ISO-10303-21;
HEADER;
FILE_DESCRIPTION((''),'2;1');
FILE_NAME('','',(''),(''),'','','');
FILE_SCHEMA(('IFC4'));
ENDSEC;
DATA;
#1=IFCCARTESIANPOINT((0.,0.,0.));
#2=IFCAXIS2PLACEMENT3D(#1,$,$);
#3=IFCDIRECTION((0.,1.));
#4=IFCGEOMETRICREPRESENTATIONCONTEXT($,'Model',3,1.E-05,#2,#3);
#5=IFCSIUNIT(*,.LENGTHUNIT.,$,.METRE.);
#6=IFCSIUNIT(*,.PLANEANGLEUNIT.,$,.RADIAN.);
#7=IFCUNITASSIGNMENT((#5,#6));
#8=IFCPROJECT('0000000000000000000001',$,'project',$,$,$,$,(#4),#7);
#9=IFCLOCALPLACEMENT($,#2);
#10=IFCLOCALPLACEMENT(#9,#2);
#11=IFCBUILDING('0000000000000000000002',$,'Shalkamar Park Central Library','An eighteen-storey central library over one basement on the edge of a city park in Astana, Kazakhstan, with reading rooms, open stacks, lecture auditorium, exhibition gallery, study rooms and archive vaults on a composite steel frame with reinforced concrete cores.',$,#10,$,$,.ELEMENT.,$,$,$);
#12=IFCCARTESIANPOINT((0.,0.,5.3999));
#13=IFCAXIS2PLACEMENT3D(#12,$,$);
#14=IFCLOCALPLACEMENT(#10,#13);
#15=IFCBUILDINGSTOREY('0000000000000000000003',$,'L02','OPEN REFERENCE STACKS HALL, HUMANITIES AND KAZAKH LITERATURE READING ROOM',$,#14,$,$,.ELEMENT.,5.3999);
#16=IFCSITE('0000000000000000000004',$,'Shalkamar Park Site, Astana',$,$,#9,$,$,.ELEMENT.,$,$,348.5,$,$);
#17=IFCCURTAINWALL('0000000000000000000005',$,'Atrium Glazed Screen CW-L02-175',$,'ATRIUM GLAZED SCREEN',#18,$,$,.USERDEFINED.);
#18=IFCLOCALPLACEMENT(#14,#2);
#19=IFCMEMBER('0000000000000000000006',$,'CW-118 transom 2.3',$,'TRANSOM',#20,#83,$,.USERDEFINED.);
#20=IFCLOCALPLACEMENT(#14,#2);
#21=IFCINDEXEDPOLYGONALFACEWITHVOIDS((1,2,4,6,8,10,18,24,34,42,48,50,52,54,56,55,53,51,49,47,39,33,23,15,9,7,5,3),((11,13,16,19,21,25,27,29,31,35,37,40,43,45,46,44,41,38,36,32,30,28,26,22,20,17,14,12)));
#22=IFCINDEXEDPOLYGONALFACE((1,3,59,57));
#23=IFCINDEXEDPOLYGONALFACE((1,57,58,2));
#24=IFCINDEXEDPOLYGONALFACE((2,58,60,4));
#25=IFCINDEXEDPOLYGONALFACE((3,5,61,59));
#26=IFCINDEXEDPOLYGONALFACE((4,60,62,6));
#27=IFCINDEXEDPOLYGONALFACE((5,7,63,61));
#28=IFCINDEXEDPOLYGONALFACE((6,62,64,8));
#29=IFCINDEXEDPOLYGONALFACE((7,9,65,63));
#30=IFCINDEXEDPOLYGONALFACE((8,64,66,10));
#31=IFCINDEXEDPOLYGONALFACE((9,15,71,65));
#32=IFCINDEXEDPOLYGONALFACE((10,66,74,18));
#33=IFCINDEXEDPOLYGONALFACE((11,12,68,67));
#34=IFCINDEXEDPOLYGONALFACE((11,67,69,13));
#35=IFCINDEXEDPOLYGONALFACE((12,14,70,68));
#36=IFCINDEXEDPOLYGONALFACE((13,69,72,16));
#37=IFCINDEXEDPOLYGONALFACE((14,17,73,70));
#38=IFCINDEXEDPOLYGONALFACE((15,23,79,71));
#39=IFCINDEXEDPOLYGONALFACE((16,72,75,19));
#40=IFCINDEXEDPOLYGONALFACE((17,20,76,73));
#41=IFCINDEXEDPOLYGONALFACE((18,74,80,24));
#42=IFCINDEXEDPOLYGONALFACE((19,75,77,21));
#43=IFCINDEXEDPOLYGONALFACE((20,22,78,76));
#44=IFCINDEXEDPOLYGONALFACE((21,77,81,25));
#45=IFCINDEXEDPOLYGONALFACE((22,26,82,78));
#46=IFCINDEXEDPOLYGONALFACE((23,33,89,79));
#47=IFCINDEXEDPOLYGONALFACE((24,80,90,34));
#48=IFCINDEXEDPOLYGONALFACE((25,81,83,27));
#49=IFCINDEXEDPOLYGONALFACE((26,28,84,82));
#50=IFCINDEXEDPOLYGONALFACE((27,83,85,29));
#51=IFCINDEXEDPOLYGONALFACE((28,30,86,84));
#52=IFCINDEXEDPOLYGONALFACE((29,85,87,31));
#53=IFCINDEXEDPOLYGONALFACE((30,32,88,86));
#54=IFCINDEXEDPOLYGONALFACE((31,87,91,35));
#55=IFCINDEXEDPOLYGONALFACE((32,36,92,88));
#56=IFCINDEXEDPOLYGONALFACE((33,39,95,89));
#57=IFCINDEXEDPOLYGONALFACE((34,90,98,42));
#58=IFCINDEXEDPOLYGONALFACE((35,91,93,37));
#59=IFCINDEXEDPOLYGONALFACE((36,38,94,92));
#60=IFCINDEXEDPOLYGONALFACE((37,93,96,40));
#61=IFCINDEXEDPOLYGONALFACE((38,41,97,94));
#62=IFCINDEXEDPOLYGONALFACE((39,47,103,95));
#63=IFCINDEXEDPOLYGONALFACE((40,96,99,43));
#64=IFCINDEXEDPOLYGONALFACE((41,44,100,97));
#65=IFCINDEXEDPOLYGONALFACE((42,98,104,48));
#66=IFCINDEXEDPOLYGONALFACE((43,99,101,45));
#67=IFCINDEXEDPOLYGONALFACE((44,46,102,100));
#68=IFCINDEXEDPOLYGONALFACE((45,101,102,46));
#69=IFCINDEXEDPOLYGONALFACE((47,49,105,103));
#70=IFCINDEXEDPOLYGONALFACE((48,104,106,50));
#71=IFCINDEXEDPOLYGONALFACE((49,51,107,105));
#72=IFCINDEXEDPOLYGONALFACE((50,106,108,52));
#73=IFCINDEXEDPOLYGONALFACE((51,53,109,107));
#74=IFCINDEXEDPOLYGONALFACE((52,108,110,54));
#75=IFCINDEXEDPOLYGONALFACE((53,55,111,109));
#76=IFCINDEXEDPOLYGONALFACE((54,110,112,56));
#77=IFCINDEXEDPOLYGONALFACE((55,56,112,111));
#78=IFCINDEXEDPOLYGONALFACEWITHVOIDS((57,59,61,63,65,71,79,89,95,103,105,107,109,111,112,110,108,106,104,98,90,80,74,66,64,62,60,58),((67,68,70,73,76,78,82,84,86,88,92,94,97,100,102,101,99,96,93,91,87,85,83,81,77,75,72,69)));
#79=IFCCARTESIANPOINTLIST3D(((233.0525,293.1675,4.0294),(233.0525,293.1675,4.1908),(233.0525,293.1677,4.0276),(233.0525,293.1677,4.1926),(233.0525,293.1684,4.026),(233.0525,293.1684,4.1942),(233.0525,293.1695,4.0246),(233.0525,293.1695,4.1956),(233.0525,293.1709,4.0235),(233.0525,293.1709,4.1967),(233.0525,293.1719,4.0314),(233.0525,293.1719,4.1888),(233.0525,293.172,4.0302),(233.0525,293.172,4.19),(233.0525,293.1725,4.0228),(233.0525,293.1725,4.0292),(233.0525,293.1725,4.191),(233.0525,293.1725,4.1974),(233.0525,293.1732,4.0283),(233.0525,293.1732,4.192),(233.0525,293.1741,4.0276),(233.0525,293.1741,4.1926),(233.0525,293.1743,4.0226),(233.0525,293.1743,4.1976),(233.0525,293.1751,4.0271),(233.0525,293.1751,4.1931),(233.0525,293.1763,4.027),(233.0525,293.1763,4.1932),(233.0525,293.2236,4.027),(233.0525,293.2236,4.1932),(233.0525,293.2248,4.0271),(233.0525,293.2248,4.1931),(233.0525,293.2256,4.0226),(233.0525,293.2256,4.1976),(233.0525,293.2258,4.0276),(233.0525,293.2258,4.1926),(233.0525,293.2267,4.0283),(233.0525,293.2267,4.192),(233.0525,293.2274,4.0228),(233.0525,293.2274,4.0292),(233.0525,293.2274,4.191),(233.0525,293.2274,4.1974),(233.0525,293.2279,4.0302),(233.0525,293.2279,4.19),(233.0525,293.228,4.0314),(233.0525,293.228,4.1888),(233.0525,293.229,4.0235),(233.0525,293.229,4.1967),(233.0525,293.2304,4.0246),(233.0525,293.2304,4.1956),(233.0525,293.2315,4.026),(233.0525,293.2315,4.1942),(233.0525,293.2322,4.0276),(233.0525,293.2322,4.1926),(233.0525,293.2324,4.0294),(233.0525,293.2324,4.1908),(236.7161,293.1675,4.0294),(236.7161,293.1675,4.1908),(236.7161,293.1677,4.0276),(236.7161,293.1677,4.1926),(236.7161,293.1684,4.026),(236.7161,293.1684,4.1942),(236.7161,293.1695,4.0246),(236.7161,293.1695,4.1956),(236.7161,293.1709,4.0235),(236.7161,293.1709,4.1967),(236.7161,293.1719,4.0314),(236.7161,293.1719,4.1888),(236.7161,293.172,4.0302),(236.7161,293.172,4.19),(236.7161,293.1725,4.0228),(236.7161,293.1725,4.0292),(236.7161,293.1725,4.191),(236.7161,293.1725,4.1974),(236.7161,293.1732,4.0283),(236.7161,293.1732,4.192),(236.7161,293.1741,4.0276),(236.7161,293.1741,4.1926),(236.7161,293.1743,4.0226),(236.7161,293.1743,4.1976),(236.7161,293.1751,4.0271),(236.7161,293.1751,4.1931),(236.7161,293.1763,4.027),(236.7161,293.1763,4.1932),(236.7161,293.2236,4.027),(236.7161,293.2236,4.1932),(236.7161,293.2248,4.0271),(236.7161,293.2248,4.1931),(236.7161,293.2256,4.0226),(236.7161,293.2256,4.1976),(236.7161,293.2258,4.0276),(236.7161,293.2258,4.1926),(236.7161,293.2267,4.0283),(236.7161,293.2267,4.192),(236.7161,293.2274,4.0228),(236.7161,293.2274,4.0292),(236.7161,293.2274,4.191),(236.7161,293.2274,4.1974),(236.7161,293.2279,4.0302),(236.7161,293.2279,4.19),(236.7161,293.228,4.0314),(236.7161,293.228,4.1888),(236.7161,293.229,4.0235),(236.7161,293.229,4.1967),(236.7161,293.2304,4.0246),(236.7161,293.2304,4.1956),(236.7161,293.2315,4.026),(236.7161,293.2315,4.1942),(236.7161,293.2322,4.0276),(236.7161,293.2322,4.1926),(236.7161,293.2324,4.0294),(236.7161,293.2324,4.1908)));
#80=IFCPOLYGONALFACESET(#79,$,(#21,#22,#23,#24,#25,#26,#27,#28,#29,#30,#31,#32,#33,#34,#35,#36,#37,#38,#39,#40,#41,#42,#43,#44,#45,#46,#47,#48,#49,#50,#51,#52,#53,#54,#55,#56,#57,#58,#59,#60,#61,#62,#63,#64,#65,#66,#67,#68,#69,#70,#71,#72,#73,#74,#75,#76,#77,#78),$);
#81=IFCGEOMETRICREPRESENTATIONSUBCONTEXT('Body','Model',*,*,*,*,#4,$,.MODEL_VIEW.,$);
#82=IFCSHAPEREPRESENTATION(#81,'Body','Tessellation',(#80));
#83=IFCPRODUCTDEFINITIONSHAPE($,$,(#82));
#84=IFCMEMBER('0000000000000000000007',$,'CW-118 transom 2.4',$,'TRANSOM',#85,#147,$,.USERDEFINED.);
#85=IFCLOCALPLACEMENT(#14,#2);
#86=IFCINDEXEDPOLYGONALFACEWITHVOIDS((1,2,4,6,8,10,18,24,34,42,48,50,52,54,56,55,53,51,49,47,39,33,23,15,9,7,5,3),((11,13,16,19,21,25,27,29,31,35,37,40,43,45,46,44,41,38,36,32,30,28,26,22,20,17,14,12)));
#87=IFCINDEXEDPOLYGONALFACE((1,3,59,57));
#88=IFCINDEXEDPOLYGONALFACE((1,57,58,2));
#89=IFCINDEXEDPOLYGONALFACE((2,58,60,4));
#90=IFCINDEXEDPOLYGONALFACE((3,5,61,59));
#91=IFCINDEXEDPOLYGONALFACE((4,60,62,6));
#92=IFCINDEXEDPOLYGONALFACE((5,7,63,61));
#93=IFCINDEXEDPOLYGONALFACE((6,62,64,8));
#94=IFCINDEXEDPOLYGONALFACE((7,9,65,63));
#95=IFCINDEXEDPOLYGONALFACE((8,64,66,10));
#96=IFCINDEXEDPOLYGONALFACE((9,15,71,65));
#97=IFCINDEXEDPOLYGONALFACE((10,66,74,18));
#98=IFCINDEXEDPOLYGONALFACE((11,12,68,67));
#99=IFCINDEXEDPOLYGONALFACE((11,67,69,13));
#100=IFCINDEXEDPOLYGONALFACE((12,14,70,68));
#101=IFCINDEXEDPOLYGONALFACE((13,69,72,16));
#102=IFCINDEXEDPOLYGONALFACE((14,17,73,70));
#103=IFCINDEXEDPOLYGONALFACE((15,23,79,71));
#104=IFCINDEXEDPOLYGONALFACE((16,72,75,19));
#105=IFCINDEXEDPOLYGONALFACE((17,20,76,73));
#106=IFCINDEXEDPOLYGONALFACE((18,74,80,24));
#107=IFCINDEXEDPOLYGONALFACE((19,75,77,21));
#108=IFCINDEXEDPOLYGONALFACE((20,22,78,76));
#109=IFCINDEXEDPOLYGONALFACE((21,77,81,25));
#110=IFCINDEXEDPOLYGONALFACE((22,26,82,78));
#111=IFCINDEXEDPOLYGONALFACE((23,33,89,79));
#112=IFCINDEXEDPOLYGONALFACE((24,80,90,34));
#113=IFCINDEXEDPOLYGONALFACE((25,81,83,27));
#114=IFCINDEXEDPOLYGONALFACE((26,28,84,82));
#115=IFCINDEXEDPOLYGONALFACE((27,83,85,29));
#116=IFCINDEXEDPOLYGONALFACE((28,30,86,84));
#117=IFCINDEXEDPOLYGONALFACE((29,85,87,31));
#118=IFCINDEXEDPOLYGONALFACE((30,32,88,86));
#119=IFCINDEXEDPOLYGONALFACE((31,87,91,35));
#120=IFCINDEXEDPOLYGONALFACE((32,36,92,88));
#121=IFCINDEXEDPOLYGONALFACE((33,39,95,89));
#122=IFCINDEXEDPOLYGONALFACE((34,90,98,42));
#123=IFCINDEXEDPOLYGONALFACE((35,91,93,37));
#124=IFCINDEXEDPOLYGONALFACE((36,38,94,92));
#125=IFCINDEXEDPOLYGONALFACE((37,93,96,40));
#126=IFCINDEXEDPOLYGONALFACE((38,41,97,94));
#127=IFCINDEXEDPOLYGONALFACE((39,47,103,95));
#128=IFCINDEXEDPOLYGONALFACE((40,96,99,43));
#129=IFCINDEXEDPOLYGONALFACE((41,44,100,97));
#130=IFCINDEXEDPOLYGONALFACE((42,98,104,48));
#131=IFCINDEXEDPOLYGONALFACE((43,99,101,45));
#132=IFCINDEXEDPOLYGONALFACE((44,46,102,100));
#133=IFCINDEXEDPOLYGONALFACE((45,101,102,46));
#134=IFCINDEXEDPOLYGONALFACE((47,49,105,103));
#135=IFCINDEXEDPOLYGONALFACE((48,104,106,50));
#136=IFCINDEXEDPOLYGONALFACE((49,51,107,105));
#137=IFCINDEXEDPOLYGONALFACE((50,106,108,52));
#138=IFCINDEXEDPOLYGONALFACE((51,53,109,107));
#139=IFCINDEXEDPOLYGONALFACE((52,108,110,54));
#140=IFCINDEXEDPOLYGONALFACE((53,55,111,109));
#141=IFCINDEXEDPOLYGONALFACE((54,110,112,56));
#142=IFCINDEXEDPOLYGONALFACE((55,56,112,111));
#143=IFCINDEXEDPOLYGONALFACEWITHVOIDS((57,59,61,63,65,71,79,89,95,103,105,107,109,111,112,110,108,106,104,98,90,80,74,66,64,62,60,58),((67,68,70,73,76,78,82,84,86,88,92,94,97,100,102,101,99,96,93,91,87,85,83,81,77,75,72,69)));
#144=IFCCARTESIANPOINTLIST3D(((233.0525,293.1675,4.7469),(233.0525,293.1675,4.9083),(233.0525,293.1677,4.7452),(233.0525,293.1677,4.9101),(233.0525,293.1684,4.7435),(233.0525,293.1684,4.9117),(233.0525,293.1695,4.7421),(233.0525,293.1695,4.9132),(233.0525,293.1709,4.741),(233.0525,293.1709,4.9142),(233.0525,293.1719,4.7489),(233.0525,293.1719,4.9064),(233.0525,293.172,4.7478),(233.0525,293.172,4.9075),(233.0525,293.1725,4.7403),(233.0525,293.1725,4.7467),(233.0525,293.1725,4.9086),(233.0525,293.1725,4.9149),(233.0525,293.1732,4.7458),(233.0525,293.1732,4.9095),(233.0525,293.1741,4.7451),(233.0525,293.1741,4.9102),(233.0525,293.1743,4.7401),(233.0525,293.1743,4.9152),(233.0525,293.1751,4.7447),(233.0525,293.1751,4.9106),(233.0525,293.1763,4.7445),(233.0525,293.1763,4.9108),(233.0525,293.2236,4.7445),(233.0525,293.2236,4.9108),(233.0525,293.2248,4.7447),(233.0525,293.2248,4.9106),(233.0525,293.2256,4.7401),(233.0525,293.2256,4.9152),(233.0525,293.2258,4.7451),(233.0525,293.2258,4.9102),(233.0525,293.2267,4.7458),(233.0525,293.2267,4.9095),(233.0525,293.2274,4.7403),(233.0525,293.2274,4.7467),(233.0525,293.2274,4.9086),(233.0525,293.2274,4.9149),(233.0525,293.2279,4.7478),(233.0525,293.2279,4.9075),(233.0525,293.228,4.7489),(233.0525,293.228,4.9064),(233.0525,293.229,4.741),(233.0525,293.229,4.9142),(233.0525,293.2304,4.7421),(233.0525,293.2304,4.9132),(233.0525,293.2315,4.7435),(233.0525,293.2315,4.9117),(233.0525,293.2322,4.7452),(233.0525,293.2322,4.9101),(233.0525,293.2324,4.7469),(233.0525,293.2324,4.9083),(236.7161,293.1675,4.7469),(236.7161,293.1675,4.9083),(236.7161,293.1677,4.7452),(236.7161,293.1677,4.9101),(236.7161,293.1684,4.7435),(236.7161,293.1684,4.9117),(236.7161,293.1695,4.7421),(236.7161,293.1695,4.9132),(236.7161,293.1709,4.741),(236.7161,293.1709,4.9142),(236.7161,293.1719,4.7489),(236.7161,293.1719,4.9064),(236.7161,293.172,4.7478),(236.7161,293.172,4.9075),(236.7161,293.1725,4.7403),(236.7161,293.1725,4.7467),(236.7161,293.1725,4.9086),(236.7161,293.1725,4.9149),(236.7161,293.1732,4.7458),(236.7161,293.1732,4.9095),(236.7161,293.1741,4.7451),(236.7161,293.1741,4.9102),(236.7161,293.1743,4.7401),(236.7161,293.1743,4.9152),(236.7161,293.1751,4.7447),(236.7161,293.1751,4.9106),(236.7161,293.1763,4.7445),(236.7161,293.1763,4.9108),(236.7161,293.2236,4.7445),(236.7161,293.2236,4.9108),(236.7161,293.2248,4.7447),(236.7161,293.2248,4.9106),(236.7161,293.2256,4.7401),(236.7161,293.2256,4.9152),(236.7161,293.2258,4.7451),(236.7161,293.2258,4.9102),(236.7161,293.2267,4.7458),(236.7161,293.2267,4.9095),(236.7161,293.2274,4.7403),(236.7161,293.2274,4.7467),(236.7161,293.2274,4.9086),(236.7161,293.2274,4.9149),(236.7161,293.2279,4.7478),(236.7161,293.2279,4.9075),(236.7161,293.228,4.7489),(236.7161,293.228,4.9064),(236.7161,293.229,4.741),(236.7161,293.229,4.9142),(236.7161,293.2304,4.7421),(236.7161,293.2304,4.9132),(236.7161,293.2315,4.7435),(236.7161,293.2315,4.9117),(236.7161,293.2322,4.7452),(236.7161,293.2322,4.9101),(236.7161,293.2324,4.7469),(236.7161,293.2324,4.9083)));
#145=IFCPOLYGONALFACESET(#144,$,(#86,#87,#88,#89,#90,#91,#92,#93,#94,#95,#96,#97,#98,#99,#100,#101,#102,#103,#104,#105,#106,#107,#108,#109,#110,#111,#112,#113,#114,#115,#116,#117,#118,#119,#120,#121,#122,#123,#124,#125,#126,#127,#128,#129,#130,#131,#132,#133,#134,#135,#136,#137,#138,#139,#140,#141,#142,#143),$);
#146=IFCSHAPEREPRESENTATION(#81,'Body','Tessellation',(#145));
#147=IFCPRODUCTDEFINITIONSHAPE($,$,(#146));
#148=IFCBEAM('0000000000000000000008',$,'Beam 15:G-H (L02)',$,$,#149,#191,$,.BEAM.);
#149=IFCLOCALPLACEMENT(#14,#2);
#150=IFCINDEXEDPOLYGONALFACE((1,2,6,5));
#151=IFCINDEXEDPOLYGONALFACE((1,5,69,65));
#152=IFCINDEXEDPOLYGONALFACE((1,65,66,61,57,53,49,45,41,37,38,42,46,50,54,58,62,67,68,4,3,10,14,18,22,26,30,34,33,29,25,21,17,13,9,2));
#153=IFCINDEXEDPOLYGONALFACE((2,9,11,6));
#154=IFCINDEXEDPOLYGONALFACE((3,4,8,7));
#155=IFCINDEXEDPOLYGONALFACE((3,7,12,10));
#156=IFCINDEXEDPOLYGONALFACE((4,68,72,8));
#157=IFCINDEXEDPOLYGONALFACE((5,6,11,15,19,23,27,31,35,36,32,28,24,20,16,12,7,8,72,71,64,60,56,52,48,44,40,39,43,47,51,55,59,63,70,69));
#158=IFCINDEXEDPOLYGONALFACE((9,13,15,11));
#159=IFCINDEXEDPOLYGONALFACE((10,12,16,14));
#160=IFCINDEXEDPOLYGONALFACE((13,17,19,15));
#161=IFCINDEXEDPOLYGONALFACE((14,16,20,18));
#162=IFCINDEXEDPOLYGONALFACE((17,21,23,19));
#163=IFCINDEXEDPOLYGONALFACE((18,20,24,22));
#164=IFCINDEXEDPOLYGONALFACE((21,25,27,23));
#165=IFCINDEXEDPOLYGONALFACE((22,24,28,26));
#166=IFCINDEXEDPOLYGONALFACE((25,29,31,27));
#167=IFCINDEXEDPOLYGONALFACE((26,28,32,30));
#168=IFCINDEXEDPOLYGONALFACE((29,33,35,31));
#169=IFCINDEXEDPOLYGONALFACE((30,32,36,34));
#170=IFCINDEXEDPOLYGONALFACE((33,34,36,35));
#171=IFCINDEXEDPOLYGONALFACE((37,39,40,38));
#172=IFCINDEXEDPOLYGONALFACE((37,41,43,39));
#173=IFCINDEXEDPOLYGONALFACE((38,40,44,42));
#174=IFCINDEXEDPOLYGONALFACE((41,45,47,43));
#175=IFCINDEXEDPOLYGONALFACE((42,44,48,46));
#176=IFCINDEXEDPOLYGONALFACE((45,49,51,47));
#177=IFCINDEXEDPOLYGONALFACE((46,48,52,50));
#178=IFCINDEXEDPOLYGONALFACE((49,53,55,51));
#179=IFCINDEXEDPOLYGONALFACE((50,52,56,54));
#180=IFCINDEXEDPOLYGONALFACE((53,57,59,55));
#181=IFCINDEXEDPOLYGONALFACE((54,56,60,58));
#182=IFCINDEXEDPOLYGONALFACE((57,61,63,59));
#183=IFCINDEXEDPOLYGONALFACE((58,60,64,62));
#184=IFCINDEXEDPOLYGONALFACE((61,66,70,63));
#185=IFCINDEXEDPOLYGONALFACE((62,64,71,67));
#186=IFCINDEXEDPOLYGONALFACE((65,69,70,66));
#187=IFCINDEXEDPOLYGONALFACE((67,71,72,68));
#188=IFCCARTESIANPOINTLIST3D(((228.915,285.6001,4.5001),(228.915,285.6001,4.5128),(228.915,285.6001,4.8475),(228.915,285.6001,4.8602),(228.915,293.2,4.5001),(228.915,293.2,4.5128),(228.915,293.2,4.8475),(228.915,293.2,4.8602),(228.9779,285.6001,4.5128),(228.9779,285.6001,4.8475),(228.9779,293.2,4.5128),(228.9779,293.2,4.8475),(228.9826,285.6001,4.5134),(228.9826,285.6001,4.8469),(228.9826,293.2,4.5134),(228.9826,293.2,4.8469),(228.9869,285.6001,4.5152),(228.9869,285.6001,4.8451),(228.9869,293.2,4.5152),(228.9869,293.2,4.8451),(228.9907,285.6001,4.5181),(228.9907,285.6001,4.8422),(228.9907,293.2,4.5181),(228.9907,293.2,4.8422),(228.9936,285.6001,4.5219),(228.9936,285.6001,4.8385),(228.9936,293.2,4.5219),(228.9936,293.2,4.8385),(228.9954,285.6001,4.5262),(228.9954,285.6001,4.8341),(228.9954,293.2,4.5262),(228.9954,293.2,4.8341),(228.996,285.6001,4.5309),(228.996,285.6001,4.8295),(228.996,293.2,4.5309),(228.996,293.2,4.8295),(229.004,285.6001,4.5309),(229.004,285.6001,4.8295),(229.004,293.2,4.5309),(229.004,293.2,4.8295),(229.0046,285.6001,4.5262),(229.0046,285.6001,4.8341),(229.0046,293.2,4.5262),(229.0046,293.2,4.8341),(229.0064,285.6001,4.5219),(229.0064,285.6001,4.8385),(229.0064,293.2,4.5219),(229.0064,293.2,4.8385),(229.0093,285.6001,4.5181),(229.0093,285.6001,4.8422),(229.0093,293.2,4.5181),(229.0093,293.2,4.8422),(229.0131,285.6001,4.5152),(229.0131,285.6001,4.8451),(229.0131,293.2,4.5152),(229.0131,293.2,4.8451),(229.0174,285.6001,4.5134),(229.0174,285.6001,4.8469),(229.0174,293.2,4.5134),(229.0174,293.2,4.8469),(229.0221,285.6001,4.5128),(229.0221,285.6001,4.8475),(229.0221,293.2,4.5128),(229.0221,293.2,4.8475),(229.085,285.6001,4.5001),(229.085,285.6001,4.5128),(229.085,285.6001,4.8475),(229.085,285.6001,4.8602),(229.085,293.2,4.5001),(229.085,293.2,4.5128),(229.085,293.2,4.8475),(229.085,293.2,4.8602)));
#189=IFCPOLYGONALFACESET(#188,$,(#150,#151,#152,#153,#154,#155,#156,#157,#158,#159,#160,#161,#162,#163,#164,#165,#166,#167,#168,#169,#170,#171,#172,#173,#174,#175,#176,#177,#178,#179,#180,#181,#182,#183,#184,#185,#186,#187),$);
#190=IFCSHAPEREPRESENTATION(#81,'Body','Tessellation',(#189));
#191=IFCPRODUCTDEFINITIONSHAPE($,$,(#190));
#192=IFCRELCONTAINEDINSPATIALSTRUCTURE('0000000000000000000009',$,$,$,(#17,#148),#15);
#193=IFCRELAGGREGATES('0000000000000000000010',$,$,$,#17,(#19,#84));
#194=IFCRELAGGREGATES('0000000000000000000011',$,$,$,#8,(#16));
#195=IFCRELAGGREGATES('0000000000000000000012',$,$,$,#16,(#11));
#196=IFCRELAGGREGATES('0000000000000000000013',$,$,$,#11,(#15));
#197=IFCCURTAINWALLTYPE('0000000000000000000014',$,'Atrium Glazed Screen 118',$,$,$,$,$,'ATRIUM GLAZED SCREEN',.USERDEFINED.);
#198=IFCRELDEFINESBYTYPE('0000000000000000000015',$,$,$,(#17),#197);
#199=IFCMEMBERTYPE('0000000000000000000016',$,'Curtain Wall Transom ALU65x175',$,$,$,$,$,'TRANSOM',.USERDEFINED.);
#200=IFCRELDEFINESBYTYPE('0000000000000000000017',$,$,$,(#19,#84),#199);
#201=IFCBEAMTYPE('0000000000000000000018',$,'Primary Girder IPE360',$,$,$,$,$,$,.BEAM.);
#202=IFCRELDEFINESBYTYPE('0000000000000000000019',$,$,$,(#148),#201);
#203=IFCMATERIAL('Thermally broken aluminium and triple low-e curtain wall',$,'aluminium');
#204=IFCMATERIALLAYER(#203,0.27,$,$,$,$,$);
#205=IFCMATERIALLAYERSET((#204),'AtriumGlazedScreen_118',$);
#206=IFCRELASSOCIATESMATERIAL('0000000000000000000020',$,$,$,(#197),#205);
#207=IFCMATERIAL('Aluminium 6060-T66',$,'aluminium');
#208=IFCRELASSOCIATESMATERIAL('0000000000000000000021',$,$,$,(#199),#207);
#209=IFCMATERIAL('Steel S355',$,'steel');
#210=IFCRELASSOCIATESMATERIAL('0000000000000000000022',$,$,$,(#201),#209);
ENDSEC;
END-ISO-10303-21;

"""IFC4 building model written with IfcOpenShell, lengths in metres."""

from ifc_helpers import new_model, si_unit, direction, frame, origin, origin_2d, place, context, subcontext, project, spatial, hollow_rectangle, i_section, extrude, material, layer, layer_set, material_profile, profile_set, type_object, element, aggregate, save


model = new_model("IFC4")

# Units and contexts
model_context = context("Model", 3, precision=1e-05, world=origin(), true_north=direction((0.0, 1.0)))
body_context = subcontext(model_context, "Body", "Model", "MODEL_VIEW")
ifc_project = project(units=[si_unit("LENGTHUNIT", "METRE"), si_unit("PLANEANGLEUNIT", "RADIAN")], contexts=[model_context])

# Site, building, storey
site_placement = place(None, origin())
site = spatial("IfcSite", under=ifc_project, at=site_placement, Name="Shalkamar Park Site, Astana", CompositionType="ELEMENT", RefElevation=348.5)
building_placement = place(site_placement, origin())
building = spatial("IfcBuilding", under=site, at=building_placement, Name="Shalkamar Park Central Library", Description="An eighteen-storey central library over one basement on the edge of a city park in Astana, Kazakhstan, with reading rooms, open stacks, lecture auditorium, exhibition gallery, study rooms and archive vaults on a composite steel frame with reinforced concrete cores.", CompositionType="ELEMENT")
storey_placement = place(building_placement, frame((0.0, 0.0, 5.3999)))
storey = spatial("IfcBuildingStorey", under=building, at=storey_placement, Name="L02", Description="OPEN REFERENCE STACKS HALL, HUMANITIES AND KAZAKH LITERATURE READING ROOM", CompositionType="ELEMENT", Elevation=5.3999)

# Shared definitions
ifc_material_1 = material(Name="Steel S355", Category="steel")

# Curtain wall, members
ifc_material_2 = material(Name="Thermally broken aluminium and triple low-e curtain wall", Category="aluminium")
ifc_layer_1 = layer(ifc_material_2, 0.27)
ifc_layer_set_1 = layer_set([ifc_layer_1], Name="AtriumGlazedScreen_118")
curtain_wall_type = type_object("IfcCurtainWallType", Name="Atrium Glazed Screen 118", ElementType="ATRIUM GLAZED SCREEN", PredefinedType="USERDEFINED", material=ifc_layer_set_1)
curtain_wall_placement = place(storey_placement, origin())
curtain_wall = element("IfcCurtainWall", 1, at=curtain_wall_placement, inside=storey, type_object=curtain_wall_type, Name="Atrium Glazed Screen CW-L02-175", ObjectType="ATRIUM GLAZED SCREEN", PredefinedType="USERDEFINED")
ifc_material_3 = material(Name="Aluminium 6060-T66", Category="aluminium")
ifc_material_profile_1 = material_profile(ifc_material_3, hollow_rectangle(XDim=0.0649, YDim=0.175, WallThickness=0.0044, InnerFilletRadius=0.0044, OuterFilletRadius=0.0068, at=origin_2d()), Name="ALU 65x175x4.5")
ifc_profile_set_1 = profile_set([ifc_material_profile_1], Name="Aluminium 6060-T66")
member_type_1 = type_object("IfcMemberType", Name="Curtain Wall Transom ALU65x175", ElementType="TRANSOM", PredefinedType="USERDEFINED", material=ifc_profile_set_1)
member_1_placement = place(storey_placement, frame((233.0525, 293.2, 4.1101), z_axis=(1.0, 0.0, 0.0), x_axis=(0.0, 1.0, 0.0)))
member_1 = element("IfcMember", 2, at=member_1_placement, type_object=member_type_1, Name="CW-118 transom 2.3", ObjectType="TRANSOM", PredefinedType="USERDEFINED", context=body_context, shape_type="SweptSolid", body=[
    extrude(hollow_rectangle(XDim=0.0649, YDim=0.175, WallThickness=0.0044, InnerFilletRadius=0.0044, OuterFilletRadius=0.0068, at=origin_2d()), origin(), (0.0, 0.0, 1.0), 3.6636),
])
member_2_placement = place(storey_placement, frame((233.0525, 293.2, 4.8276), z_axis=(1.0, 0.0, 0.0), x_axis=(0.0, 1.0, 0.0)))
member_2 = element("IfcMember", 3, at=member_2_placement, type_object=member_type_1, Name="CW-118 transom 2.4", ObjectType="TRANSOM", PredefinedType="USERDEFINED", context=body_context, shape_type="SweptSolid", body=[
    extrude(hollow_rectangle(XDim=0.0649, YDim=0.175, WallThickness=0.0044, InnerFilletRadius=0.0044, OuterFilletRadius=0.0068, at=origin_2d()), origin(), (0.0, 0.0, 1.0), 3.6636),
])

# Beam
ifc_material_profile_2 = material_profile(ifc_material_1, i_section(OverallWidth=0.1699, OverallDepth=0.3601, WebThickness=0.0081, FlangeThickness=0.0127, FilletRadius=0.0181, at=origin_2d()), Name="IPE 360")
ifc_profile_set_2 = profile_set([ifc_material_profile_2], Name="Steel S355")
beam_type_1 = type_object("IfcBeamType", Name="Primary Girder IPE360", PredefinedType="BEAM", material=ifc_profile_set_2)
beam_1_placement = place(storey_placement, frame((229.0, 285.6001, 4.6802), z_axis=(0.0, 1.0, 0.0), x_axis=(-1.0, 0.0, 0.0)))
element("IfcBeam", 4, at=beam_1_placement, inside=storey, type_object=beam_type_1, Name="Beam 15:G-H (L02)", PredefinedType="BEAM", context=body_context, shape_type="SweptSolid", body=[
    extrude(i_section(OverallWidth=0.1699, OverallDepth=0.3601, WebThickness=0.0081, FlangeThickness=0.0127, FilletRadius=0.0181, at=origin_2d()), origin(), (0.0, 0.0, 1.0), 7.5999),
])

aggregate(curtain_wall, [member_1, member_2])

save(model, "model.ifc")
